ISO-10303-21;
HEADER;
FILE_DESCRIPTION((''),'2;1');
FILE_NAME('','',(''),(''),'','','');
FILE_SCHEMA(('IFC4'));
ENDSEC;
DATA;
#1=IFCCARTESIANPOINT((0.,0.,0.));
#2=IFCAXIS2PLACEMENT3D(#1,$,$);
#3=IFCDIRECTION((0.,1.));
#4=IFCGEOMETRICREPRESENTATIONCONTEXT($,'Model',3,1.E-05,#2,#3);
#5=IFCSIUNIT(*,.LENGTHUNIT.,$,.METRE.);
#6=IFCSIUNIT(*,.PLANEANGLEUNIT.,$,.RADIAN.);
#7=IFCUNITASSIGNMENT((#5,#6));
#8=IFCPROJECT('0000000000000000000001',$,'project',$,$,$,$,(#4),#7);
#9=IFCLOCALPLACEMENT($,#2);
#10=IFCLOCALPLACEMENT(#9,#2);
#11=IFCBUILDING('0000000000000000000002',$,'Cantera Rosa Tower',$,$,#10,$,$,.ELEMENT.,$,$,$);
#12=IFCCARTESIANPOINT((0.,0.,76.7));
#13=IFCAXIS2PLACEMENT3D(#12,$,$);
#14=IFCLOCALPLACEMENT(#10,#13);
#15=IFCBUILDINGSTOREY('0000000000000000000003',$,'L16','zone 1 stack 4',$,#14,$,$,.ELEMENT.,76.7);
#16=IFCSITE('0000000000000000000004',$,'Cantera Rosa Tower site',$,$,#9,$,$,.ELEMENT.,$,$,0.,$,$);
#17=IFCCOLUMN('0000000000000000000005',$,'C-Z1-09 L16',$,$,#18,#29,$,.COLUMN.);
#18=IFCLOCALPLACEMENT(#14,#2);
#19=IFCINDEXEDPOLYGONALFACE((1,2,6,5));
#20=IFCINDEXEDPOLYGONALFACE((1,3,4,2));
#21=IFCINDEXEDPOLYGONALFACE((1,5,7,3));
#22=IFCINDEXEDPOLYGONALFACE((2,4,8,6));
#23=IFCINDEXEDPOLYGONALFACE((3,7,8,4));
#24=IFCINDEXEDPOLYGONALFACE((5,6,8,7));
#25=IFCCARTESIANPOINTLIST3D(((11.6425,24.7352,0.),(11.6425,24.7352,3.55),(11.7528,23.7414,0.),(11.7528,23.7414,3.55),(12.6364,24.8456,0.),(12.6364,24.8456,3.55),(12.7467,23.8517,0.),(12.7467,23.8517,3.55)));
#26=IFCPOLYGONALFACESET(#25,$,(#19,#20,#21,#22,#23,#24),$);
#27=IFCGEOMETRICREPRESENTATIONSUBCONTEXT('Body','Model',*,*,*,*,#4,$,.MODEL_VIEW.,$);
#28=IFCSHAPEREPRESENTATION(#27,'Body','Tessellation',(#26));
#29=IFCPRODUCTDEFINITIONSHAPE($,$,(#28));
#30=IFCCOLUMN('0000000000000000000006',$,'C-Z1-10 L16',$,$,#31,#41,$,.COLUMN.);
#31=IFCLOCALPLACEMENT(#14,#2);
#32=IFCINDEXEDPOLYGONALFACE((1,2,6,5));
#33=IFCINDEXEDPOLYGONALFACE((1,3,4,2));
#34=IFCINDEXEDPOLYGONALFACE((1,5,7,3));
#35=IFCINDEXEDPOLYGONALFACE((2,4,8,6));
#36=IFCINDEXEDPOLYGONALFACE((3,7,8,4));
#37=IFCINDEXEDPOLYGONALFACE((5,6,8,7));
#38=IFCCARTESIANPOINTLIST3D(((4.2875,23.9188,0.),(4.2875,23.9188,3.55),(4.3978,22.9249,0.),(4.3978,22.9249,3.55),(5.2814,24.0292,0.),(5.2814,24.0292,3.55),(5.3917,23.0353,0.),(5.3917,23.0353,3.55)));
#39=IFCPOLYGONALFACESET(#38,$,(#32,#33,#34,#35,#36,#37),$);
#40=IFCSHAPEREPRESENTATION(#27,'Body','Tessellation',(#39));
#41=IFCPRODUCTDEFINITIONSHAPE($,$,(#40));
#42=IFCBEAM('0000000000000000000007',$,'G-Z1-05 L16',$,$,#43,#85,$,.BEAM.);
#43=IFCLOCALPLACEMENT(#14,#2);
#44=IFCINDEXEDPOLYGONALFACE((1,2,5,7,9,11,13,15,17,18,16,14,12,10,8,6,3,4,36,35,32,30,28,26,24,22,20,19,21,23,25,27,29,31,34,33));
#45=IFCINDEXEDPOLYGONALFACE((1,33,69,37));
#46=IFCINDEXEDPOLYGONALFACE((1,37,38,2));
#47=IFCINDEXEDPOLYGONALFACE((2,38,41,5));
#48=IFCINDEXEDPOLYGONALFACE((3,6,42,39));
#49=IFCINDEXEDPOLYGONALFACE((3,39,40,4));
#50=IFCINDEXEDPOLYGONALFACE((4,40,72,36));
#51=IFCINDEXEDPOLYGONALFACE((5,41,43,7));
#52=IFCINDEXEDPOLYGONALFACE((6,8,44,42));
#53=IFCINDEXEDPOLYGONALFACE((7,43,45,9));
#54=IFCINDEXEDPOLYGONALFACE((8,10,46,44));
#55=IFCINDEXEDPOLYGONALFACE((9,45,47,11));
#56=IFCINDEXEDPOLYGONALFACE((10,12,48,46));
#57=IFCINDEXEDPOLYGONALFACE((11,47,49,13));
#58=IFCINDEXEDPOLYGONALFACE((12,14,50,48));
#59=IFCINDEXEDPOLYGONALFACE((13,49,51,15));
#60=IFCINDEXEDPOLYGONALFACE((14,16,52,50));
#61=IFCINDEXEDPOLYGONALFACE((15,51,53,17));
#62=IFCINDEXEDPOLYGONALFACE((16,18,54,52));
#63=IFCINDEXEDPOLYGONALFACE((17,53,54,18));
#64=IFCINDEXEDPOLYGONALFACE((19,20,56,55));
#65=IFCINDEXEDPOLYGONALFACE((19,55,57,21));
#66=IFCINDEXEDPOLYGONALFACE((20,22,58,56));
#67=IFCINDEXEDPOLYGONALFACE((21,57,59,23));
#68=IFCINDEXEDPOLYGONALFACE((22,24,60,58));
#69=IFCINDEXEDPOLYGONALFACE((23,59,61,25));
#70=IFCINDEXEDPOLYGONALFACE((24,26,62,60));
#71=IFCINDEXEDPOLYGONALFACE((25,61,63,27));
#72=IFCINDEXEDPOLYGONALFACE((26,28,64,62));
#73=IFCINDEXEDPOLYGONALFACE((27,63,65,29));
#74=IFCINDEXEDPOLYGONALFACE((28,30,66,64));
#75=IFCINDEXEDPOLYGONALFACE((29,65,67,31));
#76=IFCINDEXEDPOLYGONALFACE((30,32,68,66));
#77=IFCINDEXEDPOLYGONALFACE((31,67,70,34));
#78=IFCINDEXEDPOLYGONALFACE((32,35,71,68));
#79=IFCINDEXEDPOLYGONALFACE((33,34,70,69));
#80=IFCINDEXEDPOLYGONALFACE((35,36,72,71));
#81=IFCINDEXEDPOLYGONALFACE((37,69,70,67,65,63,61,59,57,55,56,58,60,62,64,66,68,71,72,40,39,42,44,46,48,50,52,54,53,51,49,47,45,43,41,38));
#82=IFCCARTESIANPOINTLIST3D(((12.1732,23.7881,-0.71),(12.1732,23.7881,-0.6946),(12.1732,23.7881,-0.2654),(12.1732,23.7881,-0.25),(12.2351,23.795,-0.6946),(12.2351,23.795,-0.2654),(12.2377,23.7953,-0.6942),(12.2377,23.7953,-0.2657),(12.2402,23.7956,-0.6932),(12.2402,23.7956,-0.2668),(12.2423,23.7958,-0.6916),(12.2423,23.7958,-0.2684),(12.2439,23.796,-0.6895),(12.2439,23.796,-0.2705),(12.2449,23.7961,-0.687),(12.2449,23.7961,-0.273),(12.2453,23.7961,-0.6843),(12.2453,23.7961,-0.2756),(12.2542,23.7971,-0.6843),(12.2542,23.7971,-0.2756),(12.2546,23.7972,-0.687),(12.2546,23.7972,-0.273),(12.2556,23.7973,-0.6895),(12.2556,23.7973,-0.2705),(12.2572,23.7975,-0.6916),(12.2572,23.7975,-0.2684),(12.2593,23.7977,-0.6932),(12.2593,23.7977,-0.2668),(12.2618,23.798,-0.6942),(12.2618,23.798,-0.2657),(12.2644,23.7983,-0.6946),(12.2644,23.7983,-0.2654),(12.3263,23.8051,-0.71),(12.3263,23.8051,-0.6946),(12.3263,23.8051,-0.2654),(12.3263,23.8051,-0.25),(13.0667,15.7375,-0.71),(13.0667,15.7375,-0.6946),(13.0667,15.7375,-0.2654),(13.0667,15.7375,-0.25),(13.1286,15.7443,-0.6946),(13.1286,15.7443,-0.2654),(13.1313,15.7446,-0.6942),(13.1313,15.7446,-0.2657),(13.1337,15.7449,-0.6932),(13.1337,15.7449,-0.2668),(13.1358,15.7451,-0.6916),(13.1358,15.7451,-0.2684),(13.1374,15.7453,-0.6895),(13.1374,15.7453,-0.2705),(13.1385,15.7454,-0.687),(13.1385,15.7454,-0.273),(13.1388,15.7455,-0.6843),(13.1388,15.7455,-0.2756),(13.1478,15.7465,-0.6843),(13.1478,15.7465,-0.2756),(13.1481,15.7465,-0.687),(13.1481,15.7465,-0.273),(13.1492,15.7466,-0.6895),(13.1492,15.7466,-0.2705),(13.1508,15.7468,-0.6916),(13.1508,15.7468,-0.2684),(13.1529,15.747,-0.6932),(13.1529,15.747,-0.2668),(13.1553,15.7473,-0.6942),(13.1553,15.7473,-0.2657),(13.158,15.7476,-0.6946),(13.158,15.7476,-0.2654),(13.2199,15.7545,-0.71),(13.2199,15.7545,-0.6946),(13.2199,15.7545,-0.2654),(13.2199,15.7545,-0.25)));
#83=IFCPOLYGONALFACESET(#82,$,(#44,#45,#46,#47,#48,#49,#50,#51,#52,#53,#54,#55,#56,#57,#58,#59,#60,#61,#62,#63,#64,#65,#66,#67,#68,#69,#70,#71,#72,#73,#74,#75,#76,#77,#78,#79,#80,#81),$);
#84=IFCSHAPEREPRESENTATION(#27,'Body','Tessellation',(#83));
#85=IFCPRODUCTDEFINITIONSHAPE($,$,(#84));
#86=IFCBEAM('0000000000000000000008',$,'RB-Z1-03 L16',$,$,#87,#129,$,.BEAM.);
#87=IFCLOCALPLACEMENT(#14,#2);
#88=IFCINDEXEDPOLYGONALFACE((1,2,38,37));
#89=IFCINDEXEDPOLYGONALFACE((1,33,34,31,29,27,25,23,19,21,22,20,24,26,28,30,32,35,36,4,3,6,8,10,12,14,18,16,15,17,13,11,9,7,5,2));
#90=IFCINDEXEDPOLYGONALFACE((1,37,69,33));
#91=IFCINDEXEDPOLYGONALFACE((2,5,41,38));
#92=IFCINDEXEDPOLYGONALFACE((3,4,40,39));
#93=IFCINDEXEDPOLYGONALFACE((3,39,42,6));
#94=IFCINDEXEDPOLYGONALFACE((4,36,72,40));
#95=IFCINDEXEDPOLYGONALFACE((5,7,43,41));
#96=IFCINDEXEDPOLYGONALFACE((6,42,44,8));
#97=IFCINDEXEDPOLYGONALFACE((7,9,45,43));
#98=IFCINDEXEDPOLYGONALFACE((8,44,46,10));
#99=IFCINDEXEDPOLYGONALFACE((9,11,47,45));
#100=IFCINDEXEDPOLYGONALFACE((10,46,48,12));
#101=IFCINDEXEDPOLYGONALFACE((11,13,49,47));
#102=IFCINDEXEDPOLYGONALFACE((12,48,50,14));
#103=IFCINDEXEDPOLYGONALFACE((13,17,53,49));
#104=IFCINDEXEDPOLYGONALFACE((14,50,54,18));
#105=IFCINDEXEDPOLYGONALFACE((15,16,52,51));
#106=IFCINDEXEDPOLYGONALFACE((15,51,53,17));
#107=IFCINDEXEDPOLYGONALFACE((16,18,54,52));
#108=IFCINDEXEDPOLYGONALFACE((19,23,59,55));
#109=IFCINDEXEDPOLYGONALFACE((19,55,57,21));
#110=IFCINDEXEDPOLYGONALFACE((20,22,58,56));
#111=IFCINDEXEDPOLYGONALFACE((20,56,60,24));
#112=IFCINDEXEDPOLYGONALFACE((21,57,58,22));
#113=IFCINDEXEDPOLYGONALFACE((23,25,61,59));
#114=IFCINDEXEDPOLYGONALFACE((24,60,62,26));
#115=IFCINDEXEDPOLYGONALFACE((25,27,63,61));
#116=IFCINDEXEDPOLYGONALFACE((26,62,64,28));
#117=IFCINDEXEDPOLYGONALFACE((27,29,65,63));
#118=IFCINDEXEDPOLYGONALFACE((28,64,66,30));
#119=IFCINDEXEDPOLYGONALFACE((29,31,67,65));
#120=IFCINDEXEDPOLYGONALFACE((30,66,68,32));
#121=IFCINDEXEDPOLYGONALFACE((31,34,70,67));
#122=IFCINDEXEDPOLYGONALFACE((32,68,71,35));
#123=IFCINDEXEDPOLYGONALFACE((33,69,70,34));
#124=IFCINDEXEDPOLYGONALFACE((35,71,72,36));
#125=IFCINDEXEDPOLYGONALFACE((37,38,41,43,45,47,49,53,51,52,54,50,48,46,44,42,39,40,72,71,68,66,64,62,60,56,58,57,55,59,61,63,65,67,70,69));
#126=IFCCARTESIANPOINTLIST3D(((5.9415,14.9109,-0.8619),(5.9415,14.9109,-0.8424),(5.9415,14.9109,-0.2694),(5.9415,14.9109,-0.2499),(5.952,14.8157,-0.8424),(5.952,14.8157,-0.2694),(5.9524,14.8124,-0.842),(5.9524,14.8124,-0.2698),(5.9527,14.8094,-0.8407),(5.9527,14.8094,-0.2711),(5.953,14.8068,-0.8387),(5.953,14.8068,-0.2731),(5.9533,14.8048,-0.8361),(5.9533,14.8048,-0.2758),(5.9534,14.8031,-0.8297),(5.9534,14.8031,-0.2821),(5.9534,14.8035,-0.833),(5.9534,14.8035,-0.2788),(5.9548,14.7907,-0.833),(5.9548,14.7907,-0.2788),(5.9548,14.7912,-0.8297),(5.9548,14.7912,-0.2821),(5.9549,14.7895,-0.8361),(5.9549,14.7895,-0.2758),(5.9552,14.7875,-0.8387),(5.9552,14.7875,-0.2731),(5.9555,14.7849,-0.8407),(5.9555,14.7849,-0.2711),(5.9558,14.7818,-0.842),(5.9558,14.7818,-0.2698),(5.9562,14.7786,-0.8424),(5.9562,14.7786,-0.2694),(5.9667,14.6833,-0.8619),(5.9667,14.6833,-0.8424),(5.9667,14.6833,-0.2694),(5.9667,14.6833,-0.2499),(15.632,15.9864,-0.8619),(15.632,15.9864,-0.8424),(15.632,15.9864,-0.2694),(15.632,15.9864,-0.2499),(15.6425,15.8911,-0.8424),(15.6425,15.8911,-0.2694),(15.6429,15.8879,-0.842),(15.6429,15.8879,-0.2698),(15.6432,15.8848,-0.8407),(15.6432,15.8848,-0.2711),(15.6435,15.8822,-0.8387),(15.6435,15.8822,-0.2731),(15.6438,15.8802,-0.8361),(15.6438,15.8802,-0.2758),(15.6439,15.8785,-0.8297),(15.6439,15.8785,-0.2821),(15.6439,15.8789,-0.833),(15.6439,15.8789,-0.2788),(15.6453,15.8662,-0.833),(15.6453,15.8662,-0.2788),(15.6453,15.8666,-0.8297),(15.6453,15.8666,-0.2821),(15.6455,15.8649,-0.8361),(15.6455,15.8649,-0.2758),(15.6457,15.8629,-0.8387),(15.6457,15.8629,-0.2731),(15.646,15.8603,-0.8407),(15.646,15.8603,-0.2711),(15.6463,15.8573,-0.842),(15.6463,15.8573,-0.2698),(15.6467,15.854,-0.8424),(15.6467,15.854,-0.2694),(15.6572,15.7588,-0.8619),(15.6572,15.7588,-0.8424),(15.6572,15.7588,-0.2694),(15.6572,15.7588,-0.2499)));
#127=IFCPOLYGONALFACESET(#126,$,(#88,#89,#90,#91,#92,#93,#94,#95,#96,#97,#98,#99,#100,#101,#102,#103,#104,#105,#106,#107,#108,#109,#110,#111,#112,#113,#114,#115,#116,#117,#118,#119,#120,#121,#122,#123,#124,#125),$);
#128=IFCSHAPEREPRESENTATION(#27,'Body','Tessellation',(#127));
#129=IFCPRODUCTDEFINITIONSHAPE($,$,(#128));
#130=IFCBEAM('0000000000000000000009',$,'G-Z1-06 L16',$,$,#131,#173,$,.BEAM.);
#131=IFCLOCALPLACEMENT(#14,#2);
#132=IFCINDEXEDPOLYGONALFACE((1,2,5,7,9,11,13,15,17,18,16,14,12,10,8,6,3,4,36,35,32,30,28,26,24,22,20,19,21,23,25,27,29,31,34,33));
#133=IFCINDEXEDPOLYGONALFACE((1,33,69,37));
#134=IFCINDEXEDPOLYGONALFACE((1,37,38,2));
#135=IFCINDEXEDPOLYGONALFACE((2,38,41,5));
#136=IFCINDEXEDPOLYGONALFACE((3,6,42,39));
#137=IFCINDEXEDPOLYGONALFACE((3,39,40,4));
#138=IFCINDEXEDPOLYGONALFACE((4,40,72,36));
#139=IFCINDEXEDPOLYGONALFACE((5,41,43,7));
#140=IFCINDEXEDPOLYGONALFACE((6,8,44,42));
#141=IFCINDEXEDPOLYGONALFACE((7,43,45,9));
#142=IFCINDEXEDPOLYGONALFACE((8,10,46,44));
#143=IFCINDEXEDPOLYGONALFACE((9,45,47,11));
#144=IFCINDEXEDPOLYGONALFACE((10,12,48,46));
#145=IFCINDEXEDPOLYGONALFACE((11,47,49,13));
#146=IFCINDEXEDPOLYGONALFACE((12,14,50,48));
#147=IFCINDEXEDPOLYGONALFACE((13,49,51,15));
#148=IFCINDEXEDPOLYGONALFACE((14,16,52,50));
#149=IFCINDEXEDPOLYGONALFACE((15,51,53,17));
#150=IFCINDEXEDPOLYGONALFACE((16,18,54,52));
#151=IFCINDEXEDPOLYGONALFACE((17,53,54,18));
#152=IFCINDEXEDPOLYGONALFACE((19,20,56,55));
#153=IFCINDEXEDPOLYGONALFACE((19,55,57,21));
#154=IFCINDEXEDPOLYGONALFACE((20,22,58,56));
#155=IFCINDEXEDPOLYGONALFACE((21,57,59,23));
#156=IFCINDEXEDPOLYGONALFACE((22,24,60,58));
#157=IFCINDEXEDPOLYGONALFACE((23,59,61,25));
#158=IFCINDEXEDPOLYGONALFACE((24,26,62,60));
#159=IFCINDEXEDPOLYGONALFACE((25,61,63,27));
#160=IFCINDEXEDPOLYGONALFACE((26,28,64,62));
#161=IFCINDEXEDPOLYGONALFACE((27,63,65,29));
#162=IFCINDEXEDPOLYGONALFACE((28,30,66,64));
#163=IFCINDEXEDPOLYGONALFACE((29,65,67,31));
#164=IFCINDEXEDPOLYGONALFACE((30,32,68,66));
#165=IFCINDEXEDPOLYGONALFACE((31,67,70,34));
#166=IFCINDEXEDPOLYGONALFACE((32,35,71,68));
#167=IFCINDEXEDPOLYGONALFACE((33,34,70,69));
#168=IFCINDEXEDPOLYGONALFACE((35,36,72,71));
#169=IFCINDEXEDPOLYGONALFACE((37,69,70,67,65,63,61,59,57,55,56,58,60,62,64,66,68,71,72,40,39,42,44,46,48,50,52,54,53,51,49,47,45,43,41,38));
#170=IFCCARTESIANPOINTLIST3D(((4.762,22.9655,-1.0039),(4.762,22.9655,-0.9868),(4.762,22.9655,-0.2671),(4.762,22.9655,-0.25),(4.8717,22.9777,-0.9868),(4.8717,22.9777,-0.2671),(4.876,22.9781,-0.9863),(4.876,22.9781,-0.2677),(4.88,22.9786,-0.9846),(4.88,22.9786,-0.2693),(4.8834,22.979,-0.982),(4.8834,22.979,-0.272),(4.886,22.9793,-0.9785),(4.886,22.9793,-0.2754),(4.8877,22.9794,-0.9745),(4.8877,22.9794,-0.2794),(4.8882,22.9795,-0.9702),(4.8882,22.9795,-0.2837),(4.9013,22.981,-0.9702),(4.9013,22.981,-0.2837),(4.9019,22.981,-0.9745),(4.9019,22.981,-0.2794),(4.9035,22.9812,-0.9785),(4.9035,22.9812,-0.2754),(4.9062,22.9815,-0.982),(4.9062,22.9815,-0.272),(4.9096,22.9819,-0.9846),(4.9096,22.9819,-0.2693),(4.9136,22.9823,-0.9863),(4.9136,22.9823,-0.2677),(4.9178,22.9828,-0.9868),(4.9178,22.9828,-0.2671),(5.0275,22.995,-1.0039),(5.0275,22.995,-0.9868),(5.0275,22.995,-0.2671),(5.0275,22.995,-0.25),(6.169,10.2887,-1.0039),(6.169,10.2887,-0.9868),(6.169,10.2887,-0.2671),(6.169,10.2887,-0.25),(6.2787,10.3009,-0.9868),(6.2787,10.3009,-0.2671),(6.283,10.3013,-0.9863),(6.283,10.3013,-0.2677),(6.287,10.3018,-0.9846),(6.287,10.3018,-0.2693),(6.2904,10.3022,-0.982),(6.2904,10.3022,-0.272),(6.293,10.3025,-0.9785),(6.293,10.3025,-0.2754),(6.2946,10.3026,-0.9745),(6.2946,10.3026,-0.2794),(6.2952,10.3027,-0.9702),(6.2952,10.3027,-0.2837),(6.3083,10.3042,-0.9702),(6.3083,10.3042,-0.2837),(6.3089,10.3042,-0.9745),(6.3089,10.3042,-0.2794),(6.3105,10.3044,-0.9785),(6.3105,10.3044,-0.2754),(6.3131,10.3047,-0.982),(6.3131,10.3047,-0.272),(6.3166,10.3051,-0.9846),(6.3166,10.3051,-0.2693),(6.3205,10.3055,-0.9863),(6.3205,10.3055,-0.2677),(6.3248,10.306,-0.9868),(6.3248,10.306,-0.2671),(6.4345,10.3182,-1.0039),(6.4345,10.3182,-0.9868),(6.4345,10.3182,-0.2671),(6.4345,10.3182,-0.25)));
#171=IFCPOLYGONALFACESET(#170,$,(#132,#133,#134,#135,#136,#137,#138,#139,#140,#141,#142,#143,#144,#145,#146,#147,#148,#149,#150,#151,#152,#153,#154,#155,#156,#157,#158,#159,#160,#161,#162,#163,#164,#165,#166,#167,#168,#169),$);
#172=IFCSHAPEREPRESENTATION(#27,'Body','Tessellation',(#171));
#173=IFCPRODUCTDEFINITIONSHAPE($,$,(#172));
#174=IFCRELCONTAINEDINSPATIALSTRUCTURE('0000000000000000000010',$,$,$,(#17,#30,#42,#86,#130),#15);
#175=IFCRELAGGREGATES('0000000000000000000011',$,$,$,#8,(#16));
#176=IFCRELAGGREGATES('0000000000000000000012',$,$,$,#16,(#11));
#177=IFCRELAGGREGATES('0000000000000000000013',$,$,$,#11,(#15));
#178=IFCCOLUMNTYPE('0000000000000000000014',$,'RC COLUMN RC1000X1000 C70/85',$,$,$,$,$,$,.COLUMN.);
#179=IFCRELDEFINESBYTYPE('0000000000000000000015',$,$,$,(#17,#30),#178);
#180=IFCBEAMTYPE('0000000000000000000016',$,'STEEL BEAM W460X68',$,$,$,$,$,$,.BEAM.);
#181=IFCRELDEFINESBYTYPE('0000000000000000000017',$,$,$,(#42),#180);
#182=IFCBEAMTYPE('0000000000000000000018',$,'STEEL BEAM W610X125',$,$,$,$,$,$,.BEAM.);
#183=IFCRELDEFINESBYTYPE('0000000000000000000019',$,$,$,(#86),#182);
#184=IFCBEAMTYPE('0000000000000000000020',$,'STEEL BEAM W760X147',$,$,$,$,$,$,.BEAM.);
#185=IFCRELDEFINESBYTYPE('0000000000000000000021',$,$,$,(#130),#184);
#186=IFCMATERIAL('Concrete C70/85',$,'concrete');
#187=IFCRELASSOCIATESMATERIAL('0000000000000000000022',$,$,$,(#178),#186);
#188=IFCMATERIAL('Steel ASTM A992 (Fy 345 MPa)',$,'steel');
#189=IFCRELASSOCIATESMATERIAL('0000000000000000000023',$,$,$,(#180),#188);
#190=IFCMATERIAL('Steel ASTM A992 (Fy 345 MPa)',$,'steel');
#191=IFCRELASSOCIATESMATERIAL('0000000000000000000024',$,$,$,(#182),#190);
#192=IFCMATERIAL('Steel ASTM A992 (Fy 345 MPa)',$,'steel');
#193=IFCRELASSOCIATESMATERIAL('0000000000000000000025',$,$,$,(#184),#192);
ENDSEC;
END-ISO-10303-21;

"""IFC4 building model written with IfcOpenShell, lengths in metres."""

from ifc_helpers import new_model, si_unit, direction, frame, origin, origin_2d, place, context, subcontext, project, spatial, rectangle, i_section, extrude, material, material_profile, profile_set, type_object, element, save


model = new_model("IFC4")

# Units and contexts
model_context = context("Model", 3, precision=1e-05, world=origin(), true_north=direction((0.0, 1.0)))
body_context = subcontext(model_context, "Body", "Model", "MODEL_VIEW")
ifc_project = project(units=[si_unit("LENGTHUNIT", "METRE"), si_unit("PLANEANGLEUNIT", "RADIAN")], contexts=[model_context])

# Site, building, storey
site_placement = place(None, origin())
site = spatial("IfcSite", under=ifc_project, at=site_placement, Name="Cantera Rosa Tower site", CompositionType="ELEMENT", RefElevation=0.0)
building_placement = place(site_placement, origin())
building = spatial("IfcBuilding", under=site, at=building_placement, Name="Cantera Rosa Tower", CompositionType="ELEMENT")
storey_placement = place(building_placement, frame((0.0, 0.0, 76.7)))
storey = spatial("IfcBuildingStorey", under=building, at=storey_placement, Name="L16", Description="zone 1 stack 4", CompositionType="ELEMENT", Elevation=76.7)

# Columns
ifc_material_1 = material(Name="Concrete C70/85", Category="concrete")
ifc_material_profile_1 = material_profile(ifc_material_1, rectangle(XDim=1.0, YDim=1.0, at=origin_2d()), Name="RC COLUMN RC1000X1000 C70/85")
ifc_profile_set_1 = profile_set([ifc_material_profile_1], Name="Concrete C70/85")
column_type = type_object("IfcColumnType", Name="RC COLUMN RC1000X1000 C70/85", PredefinedType="COLUMN", material=ifc_profile_set_1)
for number, where, z_axis, x_axis, name in (
    (1, (12.1946, 24.2935, 0.0), (0.0, 0.0, 1.0), (0.993897, 0.110313, 0.0), "C-Z1-09 L16"),
    (2, (4.8396, 23.4771, 0.0), (0.0, 0.0, 1.0), (0.993897, 0.110313, 0.0), "C-Z1-10 L16"),
):
    element("IfcColumn", number, at=place(storey_placement, frame(where, z_axis=z_axis, x_axis=x_axis)), inside=storey, type_object=column_type, Name=name, PredefinedType="COLUMN", context=body_context, shape_type="SweptSolid", body=[
        extrude(rectangle(XDim=1.0, YDim=1.0, at=origin_2d()), origin(), (0.0, 0.0, 1.0), 3.55),
    ])

# Beams
ifc_material_2 = material(Name="Steel ASTM A992 (Fy 345 MPa)", Category="steel")
ifc_material_profile_2 = material_profile(ifc_material_2, i_section(OverallWidth=0.1541, OverallDepth=0.46, WebThickness=0.009, FlangeThickness=0.0154, FilletRadius=0.0103, at=origin_2d()), Name="W460X68")
ifc_profile_set_2 = profile_set([ifc_material_profile_2], Name="Steel ASTM A992 (Fy 345 MPa)")
beam_type_1 = type_object("IfcBeamType", Name="STEEL BEAM W460X68", PredefinedType="BEAM", material=ifc_profile_set_2)
beam_1_placement = place(storey_placement, frame((12.2498, 23.7966, -0.48), z_axis=(0.110312, -0.993897, 0.0), x_axis=(0.993897, 0.110312, 0.0)))
element("IfcBeam", 3, at=beam_1_placement, inside=storey, type_object=beam_type_1, Name="G-Z1-05 L16", PredefinedType="BEAM", context=body_context, shape_type="SweptSolid", body=[
    extrude(i_section(OverallWidth=0.1541, OverallDepth=0.46, WebThickness=0.009, FlangeThickness=0.0154, FilletRadius=0.0103, at=origin_2d()), origin(), (0.0, 0.0, 1.0), 8.1001),
])
ifc_material_3 = material(Name="Steel ASTM A992 (Fy 345 MPa)", Category="steel")
ifc_material_profile_3 = material_profile(ifc_material_3, i_section(OverallWidth=0.229, OverallDepth=0.6121, WebThickness=0.012, FlangeThickness=0.0195, FilletRadius=0.0127, at=origin_2d()), Name="W610X125")
ifc_profile_set_3 = profile_set([ifc_material_profile_3], Name="Steel ASTM A992 (Fy 345 MPa)")
beam_type_2 = type_object("IfcBeamType", Name="STEEL BEAM W610X125", PredefinedType="BEAM", material=ifc_profile_set_3)
beam_2_placement = place(storey_placement, frame((5.9541, 14.7971, -0.5559), z_axis=(0.993898, 0.110302, 0.0), x_axis=(-0.110302, 0.993898, 0.0)))
element("IfcBeam", 4, at=beam_2_placement, inside=storey, type_object=beam_type_2, Name="RB-Z1-03 L16", PredefinedType="BEAM", context=body_context, shape_type="SweptSolid", body=[
    extrude(i_section(OverallWidth=0.229, OverallDepth=0.6121, WebThickness=0.012, FlangeThickness=0.0195, FilletRadius=0.0127, at=origin_2d()), origin(), (0.0, 0.0, 1.0), 9.75),
])
ifc_material_4 = material(Name="Steel ASTM A992 (Fy 345 MPa)", Category="steel")
ifc_material_profile_4 = material_profile(ifc_material_4, i_section(OverallWidth=0.2671, OverallDepth=0.7539, WebThickness=0.0132, FlangeThickness=0.0171, FilletRadius=0.0166, at=origin_2d()), Name="W760X147")
ifc_profile_set_4 = profile_set([ifc_material_profile_4], Name="Steel ASTM A992 (Fy 345 MPa)")
beam_type_3 = type_object("IfcBeamType", Name="STEEL BEAM W760X147", PredefinedType="BEAM", material=ifc_profile_set_4)
beam_3_placement = place(storey_placement, frame((4.8948, 22.9802, -0.627), z_axis=(0.110312, -0.993897, 0.0), x_axis=(0.993897, 0.110312, 0.0)))
element("IfcBeam", 5, at=beam_3_placement, inside=storey, type_object=beam_type_3, Name="G-Z1-06 L16", PredefinedType="BEAM", context=body_context, shape_type="SweptSolid", body=[
    extrude(i_section(OverallWidth=0.2671, OverallDepth=0.7539, WebThickness=0.0132, FlangeThickness=0.0171, FilletRadius=0.0166, at=origin_2d()), origin(), (0.0, 0.0, 1.0), 12.7546),
])

save(model, "model.ifc")
